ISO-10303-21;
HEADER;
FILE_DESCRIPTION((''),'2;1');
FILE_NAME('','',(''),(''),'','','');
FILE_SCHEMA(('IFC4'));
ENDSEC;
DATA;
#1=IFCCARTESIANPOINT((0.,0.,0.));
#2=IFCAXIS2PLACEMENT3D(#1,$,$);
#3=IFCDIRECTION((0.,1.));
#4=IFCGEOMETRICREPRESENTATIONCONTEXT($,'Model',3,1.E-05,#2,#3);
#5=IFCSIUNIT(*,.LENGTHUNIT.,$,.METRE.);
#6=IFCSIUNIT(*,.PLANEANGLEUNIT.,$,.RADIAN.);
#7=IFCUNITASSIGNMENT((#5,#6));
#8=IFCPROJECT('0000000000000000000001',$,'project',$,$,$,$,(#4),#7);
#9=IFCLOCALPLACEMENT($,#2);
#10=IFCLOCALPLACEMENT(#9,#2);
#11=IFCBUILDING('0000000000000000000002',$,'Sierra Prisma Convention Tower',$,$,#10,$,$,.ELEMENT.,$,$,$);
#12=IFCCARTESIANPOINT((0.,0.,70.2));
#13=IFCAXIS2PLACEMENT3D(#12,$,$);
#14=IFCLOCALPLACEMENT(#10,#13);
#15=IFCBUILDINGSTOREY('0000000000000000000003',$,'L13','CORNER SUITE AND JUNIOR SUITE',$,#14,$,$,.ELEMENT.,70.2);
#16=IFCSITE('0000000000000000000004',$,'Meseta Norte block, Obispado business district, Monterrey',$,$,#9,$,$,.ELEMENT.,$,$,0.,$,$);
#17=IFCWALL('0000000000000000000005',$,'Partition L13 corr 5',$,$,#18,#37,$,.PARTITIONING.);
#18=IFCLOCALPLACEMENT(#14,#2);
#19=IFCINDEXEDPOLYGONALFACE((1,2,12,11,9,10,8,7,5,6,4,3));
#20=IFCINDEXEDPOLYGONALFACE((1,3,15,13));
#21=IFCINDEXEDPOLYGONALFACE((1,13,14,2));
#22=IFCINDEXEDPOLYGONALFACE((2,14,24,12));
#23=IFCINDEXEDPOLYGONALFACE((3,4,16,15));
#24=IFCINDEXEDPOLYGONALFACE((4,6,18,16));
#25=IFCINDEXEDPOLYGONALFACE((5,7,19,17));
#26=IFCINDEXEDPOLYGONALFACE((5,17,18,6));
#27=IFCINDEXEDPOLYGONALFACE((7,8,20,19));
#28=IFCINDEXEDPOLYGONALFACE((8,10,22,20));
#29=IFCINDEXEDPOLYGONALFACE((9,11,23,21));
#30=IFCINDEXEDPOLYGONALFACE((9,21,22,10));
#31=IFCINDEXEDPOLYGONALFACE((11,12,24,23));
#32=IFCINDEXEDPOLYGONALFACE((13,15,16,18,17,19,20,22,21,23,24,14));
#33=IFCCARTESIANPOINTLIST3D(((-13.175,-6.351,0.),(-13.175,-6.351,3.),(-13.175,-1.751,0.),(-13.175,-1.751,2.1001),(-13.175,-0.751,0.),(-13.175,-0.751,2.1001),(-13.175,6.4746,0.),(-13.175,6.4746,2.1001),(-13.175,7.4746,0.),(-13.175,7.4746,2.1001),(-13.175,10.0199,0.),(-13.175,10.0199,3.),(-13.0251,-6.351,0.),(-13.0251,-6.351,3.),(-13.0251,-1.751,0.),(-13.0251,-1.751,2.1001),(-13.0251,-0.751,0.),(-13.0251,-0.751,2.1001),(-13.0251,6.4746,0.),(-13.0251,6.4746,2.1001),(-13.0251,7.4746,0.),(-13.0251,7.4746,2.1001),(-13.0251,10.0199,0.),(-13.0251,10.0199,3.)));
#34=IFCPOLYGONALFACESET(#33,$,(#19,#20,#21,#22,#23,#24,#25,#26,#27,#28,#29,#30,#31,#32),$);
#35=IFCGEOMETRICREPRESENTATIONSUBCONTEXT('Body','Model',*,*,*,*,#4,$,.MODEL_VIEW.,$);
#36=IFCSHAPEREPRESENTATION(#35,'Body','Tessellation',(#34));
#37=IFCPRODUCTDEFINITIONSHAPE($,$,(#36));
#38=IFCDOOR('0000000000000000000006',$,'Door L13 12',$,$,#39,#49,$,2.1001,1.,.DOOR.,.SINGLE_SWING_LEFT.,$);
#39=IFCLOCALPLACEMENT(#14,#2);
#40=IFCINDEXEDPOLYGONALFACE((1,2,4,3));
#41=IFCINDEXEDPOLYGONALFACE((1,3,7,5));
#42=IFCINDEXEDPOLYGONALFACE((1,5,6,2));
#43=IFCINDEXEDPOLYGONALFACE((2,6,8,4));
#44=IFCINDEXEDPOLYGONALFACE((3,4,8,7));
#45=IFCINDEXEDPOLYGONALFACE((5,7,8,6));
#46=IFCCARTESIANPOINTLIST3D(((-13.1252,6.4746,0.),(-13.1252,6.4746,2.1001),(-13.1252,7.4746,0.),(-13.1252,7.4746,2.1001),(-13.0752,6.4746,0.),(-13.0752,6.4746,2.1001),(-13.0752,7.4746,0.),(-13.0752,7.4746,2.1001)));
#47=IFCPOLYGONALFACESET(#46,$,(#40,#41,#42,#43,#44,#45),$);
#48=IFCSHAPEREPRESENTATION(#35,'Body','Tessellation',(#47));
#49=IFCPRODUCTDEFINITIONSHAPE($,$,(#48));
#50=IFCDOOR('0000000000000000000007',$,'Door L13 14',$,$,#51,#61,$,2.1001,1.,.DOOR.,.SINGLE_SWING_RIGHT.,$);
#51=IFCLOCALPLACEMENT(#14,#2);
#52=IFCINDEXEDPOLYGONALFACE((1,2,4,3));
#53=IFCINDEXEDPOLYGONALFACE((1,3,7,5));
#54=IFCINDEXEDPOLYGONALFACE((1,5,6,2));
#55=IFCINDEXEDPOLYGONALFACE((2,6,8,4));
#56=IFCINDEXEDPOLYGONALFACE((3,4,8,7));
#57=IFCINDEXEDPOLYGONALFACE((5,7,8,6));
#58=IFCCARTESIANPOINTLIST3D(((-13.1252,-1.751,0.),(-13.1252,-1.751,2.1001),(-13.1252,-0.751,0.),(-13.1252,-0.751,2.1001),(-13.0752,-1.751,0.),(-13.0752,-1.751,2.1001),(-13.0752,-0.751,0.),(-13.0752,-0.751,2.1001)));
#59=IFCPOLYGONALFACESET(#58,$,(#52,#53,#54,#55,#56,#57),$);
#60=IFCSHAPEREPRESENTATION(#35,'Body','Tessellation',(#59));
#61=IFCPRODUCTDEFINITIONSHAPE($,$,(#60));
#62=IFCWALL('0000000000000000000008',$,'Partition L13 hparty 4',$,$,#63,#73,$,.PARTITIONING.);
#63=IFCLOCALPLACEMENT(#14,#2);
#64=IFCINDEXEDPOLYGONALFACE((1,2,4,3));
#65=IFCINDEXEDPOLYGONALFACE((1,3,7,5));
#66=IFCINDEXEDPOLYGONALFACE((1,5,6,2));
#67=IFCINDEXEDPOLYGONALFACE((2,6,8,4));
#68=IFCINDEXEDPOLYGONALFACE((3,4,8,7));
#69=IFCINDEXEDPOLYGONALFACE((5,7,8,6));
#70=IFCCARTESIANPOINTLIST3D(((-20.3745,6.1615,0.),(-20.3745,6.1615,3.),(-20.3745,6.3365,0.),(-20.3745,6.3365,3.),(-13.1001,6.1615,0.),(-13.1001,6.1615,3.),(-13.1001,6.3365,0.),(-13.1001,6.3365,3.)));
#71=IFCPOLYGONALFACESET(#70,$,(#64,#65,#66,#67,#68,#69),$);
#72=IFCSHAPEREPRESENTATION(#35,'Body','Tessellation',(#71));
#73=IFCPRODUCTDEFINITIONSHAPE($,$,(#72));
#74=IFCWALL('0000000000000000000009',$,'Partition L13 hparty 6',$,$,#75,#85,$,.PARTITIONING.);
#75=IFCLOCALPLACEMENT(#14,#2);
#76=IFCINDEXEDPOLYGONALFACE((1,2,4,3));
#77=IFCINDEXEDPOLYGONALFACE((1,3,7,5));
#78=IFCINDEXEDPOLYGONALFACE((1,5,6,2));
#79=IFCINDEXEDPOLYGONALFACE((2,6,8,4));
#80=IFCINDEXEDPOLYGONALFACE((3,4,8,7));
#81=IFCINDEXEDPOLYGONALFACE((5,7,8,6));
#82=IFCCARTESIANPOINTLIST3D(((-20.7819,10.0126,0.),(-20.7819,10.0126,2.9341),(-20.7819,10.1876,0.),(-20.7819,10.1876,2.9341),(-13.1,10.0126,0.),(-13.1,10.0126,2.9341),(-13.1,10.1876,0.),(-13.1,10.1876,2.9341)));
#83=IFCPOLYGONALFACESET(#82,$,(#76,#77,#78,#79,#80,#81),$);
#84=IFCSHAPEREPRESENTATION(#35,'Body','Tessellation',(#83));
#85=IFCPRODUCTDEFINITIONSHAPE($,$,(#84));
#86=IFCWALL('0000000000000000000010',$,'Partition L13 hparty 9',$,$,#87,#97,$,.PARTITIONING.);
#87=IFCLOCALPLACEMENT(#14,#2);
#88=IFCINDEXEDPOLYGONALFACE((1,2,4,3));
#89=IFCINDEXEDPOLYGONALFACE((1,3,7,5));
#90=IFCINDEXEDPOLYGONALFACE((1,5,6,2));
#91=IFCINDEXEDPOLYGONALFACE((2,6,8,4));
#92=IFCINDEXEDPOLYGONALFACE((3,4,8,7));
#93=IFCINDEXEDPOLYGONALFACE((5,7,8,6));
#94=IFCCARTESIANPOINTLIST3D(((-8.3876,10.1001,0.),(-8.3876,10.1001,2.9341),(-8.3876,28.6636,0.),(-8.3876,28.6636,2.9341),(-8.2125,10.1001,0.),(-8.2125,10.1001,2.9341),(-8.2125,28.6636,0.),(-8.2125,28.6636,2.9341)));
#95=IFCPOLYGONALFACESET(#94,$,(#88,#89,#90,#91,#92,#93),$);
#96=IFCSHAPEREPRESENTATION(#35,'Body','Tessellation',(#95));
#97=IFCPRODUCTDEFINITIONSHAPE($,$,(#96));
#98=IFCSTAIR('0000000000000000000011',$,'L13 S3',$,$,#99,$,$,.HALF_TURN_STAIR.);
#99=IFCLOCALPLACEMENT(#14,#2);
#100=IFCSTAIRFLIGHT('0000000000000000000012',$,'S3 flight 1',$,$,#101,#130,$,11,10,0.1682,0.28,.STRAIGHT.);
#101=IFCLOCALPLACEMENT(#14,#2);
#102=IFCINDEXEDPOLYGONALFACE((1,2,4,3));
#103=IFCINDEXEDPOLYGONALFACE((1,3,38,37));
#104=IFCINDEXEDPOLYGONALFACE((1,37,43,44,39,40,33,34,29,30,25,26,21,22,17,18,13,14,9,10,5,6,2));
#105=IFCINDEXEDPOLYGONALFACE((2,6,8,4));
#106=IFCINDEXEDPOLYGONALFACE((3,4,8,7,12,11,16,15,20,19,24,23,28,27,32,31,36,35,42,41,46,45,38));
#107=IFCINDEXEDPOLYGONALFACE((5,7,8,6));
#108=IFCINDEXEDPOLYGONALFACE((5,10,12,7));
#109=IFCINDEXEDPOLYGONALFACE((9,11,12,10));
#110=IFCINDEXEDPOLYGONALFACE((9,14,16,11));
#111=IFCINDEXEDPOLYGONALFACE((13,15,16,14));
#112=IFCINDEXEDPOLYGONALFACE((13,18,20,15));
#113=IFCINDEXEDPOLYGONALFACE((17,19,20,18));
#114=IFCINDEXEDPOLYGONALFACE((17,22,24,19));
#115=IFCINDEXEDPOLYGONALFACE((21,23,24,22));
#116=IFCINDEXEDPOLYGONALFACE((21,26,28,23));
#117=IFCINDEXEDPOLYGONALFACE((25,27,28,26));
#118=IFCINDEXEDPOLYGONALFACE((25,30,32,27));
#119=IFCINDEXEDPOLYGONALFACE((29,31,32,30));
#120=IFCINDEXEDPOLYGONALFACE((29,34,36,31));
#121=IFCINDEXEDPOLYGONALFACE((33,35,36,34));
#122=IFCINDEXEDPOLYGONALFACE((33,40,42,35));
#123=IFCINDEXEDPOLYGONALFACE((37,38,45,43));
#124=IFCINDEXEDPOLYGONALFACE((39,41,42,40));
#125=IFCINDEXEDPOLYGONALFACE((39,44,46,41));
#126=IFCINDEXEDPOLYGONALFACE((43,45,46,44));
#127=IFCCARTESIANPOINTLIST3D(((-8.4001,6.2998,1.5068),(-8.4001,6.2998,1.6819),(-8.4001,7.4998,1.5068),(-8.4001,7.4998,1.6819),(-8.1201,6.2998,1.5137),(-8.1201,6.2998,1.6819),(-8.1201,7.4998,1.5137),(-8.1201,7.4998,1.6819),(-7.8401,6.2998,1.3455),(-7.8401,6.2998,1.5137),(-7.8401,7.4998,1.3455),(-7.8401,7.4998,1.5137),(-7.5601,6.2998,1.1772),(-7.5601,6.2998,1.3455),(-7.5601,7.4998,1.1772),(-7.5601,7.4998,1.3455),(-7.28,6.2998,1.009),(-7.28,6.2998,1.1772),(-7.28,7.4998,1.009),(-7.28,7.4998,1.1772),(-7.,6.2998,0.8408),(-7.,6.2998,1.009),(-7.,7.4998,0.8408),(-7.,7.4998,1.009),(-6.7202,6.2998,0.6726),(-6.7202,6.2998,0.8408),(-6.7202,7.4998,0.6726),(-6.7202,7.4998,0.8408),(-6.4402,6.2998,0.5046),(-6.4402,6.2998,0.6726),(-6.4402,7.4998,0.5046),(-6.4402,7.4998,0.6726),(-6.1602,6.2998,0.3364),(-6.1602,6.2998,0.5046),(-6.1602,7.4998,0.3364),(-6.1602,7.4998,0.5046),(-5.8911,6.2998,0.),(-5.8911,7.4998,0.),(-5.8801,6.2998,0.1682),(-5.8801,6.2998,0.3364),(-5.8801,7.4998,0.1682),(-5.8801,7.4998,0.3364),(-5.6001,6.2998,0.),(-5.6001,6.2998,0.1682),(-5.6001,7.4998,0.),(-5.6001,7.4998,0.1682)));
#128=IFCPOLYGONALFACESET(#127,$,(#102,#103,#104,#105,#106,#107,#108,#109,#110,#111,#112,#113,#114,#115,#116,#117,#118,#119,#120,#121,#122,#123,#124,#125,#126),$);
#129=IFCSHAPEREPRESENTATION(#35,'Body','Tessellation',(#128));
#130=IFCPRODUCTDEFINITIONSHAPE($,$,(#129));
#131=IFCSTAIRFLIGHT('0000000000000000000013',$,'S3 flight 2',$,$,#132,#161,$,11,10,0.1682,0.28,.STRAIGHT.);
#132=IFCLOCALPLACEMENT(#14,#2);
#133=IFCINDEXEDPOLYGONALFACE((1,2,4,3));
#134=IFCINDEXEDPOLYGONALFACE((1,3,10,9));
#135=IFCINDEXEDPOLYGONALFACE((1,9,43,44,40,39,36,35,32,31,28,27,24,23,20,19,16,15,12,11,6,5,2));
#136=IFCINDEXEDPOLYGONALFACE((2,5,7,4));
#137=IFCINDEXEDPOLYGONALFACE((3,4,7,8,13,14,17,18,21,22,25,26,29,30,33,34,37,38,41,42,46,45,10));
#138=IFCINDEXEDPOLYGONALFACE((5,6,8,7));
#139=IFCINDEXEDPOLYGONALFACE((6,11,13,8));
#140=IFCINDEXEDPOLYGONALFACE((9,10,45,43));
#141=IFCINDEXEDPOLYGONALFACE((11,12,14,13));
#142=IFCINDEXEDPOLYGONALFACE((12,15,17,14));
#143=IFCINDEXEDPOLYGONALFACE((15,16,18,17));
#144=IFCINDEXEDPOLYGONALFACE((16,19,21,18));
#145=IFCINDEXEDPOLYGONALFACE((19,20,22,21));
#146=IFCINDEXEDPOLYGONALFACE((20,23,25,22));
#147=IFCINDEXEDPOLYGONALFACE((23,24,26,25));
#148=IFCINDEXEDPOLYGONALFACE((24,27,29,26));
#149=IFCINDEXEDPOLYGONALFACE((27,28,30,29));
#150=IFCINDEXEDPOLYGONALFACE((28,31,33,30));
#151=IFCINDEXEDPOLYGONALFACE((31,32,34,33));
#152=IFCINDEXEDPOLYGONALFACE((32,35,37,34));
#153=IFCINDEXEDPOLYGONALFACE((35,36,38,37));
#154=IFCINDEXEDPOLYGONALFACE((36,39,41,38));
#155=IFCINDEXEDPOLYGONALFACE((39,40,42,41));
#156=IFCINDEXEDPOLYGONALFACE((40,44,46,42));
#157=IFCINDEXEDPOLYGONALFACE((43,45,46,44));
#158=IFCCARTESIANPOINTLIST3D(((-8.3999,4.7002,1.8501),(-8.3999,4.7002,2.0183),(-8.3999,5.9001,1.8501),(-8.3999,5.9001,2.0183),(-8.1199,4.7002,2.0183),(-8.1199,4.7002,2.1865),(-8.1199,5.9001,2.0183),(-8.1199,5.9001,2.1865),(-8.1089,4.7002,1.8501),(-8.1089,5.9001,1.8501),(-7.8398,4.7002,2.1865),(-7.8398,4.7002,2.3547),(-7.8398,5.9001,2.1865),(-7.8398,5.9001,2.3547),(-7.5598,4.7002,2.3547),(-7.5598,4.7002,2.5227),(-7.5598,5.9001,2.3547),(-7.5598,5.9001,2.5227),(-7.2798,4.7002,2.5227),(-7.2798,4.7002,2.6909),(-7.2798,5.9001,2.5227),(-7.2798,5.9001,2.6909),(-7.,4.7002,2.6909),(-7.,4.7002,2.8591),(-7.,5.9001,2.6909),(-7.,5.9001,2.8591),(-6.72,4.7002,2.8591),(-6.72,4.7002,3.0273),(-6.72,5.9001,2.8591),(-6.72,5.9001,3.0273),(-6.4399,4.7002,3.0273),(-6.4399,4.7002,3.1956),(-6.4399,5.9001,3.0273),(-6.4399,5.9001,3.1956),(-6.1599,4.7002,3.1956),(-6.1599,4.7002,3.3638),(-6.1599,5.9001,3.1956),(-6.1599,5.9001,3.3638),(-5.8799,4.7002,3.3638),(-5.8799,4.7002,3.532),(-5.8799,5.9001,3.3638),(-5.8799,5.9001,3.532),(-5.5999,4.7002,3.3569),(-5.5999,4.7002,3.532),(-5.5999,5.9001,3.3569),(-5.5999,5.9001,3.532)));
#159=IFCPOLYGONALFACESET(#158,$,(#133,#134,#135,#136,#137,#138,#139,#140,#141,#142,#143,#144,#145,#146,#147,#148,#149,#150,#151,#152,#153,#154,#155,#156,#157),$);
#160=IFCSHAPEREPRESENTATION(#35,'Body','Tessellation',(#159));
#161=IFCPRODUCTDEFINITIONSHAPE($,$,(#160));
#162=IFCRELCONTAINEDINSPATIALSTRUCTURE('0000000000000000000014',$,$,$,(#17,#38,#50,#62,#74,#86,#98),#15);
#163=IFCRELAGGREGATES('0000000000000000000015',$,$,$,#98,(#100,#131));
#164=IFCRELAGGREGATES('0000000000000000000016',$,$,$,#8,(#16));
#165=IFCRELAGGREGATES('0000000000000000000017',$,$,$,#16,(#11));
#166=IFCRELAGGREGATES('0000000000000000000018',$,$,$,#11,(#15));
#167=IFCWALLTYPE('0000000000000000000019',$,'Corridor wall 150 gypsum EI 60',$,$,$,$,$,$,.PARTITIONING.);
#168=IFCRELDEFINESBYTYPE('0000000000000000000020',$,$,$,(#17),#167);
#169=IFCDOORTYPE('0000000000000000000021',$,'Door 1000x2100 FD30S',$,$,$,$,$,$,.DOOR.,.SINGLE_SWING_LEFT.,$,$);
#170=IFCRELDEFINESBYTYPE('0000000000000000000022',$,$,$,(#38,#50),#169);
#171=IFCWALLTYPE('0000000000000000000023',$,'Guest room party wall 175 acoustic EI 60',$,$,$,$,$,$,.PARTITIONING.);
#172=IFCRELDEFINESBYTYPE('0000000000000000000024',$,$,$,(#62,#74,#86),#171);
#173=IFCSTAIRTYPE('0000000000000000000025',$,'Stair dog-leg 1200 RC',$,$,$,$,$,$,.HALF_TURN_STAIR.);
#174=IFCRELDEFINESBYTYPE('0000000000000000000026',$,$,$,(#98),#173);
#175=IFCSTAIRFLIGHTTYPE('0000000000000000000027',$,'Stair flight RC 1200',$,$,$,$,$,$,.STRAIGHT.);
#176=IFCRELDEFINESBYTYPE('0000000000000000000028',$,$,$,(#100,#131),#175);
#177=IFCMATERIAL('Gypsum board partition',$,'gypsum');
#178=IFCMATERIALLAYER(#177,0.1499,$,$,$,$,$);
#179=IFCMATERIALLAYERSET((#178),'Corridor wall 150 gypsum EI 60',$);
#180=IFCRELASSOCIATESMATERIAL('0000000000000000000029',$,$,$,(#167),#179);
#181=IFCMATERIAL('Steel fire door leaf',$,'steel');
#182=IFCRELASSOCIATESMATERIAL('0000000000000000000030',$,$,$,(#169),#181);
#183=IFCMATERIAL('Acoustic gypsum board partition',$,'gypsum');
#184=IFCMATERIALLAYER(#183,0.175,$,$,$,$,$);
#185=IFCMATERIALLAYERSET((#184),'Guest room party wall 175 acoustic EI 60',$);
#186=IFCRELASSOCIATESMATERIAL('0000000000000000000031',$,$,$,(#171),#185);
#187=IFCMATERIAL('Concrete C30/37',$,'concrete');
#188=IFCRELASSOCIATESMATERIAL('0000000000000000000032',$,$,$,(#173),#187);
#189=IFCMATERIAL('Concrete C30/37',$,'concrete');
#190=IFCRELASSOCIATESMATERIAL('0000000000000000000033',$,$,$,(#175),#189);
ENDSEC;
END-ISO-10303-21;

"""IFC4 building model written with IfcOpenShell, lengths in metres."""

from ifc_helpers import new_model, si_unit, direction, frame, frame_2d, origin, place, context, subcontext, project, spatial, polyline, rectangle, outline, extrude, material, layer, layer_set, type_object, element, fill, aggregate, save


model = new_model("IFC4")

# Units and contexts
model_context = context("Model", 3, precision=1e-05, world=origin(), true_north=direction((0.0, 1.0)))
body_context = subcontext(model_context, "Body", "Model", "MODEL_VIEW")
ifc_project = project(units=[si_unit("LENGTHUNIT", "METRE"), si_unit("PLANEANGLEUNIT", "RADIAN")], contexts=[model_context])

# Site, building, storey
site_placement = place(None, origin())
site = spatial("IfcSite", under=ifc_project, at=site_placement, Name="Meseta Norte block, Obispado business district, Monterrey", CompositionType="ELEMENT", RefElevation=0.0)
building_placement = place(site_placement, origin())
building = spatial("IfcBuilding", under=site, at=building_placement, Name="Sierra Prisma Convention Tower", CompositionType="ELEMENT")
storey_placement = place(building_placement, frame((0.0, 0.0, 70.2)))
storey = spatial("IfcBuildingStorey", under=building, at=storey_placement, Name="L13", Description="CORNER SUITE AND JUNIOR SUITE", CompositionType="ELEMENT", Elevation=70.2)

# Wall, openings, doors
ifc_material_1 = material(Name="Gypsum board partition", Category="gypsum")
ifc_layer_1 = layer(ifc_material_1, 0.1499)
ifc_layer_set_1 = layer_set([ifc_layer_1], Name="Corridor wall 150 gypsum EI 60")
wall_type_1 = type_object("IfcWallType", Name="Corridor wall 150 gypsum EI 60", PredefinedType="PARTITIONING", material=ifc_layer_set_1)
wall_1_placement = place(storey_placement, frame((-13.1001, 10.02, 0.0), z_axis=(0.0, 0.0, 1.0), x_axis=(0.0, -1.0, 0.0)))
wall_1 = element("IfcWall", 1, at=wall_1_placement, inside=storey, type_object=wall_type_1, Name="Partition L13 corr 5", PredefinedType="PARTITIONING", context=body_context, shape_type="SweptSolid", body=[
    extrude(rectangle(XDim=16.3708, YDim=0.1499, at=frame_2d((8.1855, 0.0))), origin(), (0.0, 0.0, 1.0), 3.0),
])
opening_1_placement = place(wall_1_placement, frame((2.5454, 0.0, 0.0)))
opening_1 = element("IfcOpeningElement", 2, at=opening_1_placement, cuts=wall_1, PredefinedType="OPENING", context=body_context, shape_type="SweptSolid", body=[
    extrude(rectangle(XDim=1.0, YDim=2.1001, at=frame_2d((0.5, 1.05))), frame((0.0, 0.075, 0.0), z_axis=(0.0, -1.0, 0.0), x_axis=(1.0, 0.0, 0.0)), (0.0, 0.0, 1.0), 0.1499),
])
opening_2_placement = place(wall_1_placement, frame((10.771, 0.0, 0.0)))
opening_2 = element("IfcOpeningElement", 3, at=opening_2_placement, cuts=wall_1, PredefinedType="OPENING", context=body_context, shape_type="SweptSolid", body=[
    extrude(rectangle(XDim=1.0, YDim=2.1001, at=frame_2d((0.5, 1.05))), frame((0.0, 0.075, 0.0), z_axis=(0.0, -1.0, 0.0), x_axis=(1.0, 0.0, 0.0)), (0.0, 0.0, 1.0), 0.1499),
])
ifc_material_2 = material(Name="Steel fire door leaf", Category="steel")
door_type_1 = type_object("IfcDoorType", Name="Door 1000x2100 FD30S", OperationType="SINGLE_SWING_LEFT", PredefinedType="DOOR", material=ifc_material_2)
door_1_placement = place(opening_1_placement, origin())
door_1 = element("IfcDoor", 4, at=door_1_placement, inside=storey, type_object=door_type_1, Name="Door L13 12", OperationType="SINGLE_SWING_LEFT", OverallHeight=2.1001, OverallWidth=1.0, PredefinedType="DOOR", context=body_context, shape_type="SweptSolid", body=[
    extrude(rectangle(XDim=1.0, YDim=2.1001, at=frame_2d((0.5, 1.05))), frame((0.0, 0.0249, 0.0), z_axis=(0.0, -1.0, 0.0), x_axis=(1.0, 0.0, 0.0)), (0.0, 0.0, 1.0), 0.05),
])
fill(opening_1, door_1)
door_2_placement = place(opening_2_placement, origin())
door_2 = element("IfcDoor", 5, at=door_2_placement, inside=storey, type_object=door_type_1, Name="Door L13 14", OperationType="SINGLE_SWING_RIGHT", OverallHeight=2.1001, OverallWidth=1.0, PredefinedType="DOOR", context=body_context, shape_type="SweptSolid", body=[
    extrude(rectangle(XDim=1.0, YDim=2.1001, at=frame_2d((0.5, 1.05))), frame((0.0, 0.0249, 0.0), z_axis=(0.0, -1.0, 0.0), x_axis=(1.0, 0.0, 0.0)), (0.0, 0.0, 1.0), 0.05),
])
fill(opening_2, door_2)

# Walls
ifc_material_3 = material(Name="Acoustic gypsum board partition", Category="gypsum")
ifc_layer_2 = layer(ifc_material_3, 0.175)
ifc_layer_set_2 = layer_set([ifc_layer_2], Name="Guest room party wall 175 acoustic EI 60")
wall_type_2 = type_object("IfcWallType", Name="Guest room party wall 175 acoustic EI 60", PredefinedType="PARTITIONING", material=ifc_layer_set_2)
wall_2_placement = place(storey_placement, frame((-13.1001, 6.249, 0.0), z_axis=(0.0, 0.0, 1.0), x_axis=(-1.0, 0.0, 0.0)))
element("IfcWall", 6, at=wall_2_placement, inside=storey, type_object=wall_type_2, Name="Partition L13 hparty 4", PredefinedType="PARTITIONING", context=body_context, shape_type="SweptSolid", body=[
    extrude(rectangle(XDim=7.2744, YDim=0.175, at=frame_2d((3.6372, 0.0))), origin(), (0.0, 0.0, 1.0), 3.0),
])
wall_3_placement = place(storey_placement, frame((-13.1001, 10.1001, 0.0), z_axis=(0.0, 0.0, 1.0), x_axis=(-1.0, 0.0, 0.0)))
element("IfcWall", 7, at=wall_3_placement, inside=storey, type_object=wall_type_2, Name="Partition L13 hparty 6", PredefinedType="PARTITIONING", context=body_context, shape_type="SweptSolid", body=[
    extrude(rectangle(XDim=7.6819, YDim=0.175, at=frame_2d((3.8408, 0.0))), origin(), (0.0, 0.0, 1.0), 2.9341),
])
wall_4_placement = place(storey_placement, frame((-8.3, 10.1001, 0.0), z_axis=(0.0, 0.0, 1.0), x_axis=(0.0, 1.0, 0.0)))
element("IfcWall", 8, at=wall_4_placement, inside=storey, type_object=wall_type_2, Name="Partition L13 hparty 9", PredefinedType="PARTITIONING", context=body_context, shape_type="SweptSolid", body=[
    extrude(rectangle(XDim=18.5635, YDim=0.175, at=frame_2d((9.2817, 0.0))), origin(), (0.0, 0.0, 1.0), 2.9341),
])

# Stair, stair flights
ifc_material_4 = material(Name="Concrete C30/37", Category="concrete")
stair_type = type_object("IfcStairType", Name="Stair dog-leg 1200 RC", PredefinedType="HALF_TURN_STAIR", material=ifc_material_4)
stair_placement = place(storey_placement, origin())
stair = element("IfcStair", 9, at=stair_placement, inside=storey, type_object=stair_type, Name="L13 S3", PredefinedType="HALF_TURN_STAIR")
ifc_material_5 = material(Name="Concrete C30/37", Category="concrete")
stair_flight_type = type_object("IfcStairFlightType", Name="Stair flight RC 1200", PredefinedType="STRAIGHT", material=ifc_material_5)
stair_flight_1_placement = place(storey_placement, frame((-5.6001, 6.8999, 0.0), z_axis=(0.0, 0.0, 1.0), x_axis=(-1.0, 0.0, 0.0)))
stair_flight_1 = element("IfcStairFlight", 10, at=stair_flight_1_placement, type_object=stair_flight_type, Name="S3 flight 1", NumberOfRisers=11, NumberOfTreads=10, PredefinedType="STRAIGHT", RiserHeight=0.1682, TreadLength=0.28, context=body_context, shape_type="SweptSolid", body=[
    extrude(outline(polyline([(0.0, 0.0), (0.0, 0.1682), (0.28, 0.1682), (0.28, 0.3364), (0.5601, 0.3364), (0.5601, 0.5046), (0.8401, 0.5046), (0.8401, 0.6726), (1.1201, 0.6726), (1.1201, 0.8408), (1.3999, 0.8408), (1.3999, 1.009), (1.6799, 1.009), (1.6799, 1.1772), (1.96, 1.1772), (1.96, 1.3455), (2.24, 1.3455), (2.24, 1.5137), (2.52, 1.5137), (2.52, 1.6819), (2.8, 1.6819), (2.8, 1.8501), (2.8, 1.5068), (0.291, 0.0), (0.0, 0.0)])), frame((0.0, 0.6001, 0.0), z_axis=(0.0, -1.0, 0.0), x_axis=(1.0, 0.0, 0.0)), (0.0, 0.0, 1.0), 1.2),
])
stair_flight_2_placement = place(storey_placement, frame((-8.3999, 5.3, 1.8501), z_axis=(0.0, 0.0, 1.0), x_axis=(1.0, 0.0, 0.0)))
stair_flight_2 = element("IfcStairFlight", 11, at=stair_flight_2_placement, type_object=stair_flight_type, Name="S3 flight 2", NumberOfRisers=11, NumberOfTreads=10, PredefinedType="STRAIGHT", RiserHeight=0.1682, TreadLength=0.28, context=body_context, shape_type="SweptSolid", body=[
    extrude(outline(polyline([(0.0, 0.0), (0.0, 0.1682), (0.28, 0.1682), (0.28, 0.3364), (0.5601, 0.3364), (0.5601, 0.5046), (0.8401, 0.5046), (0.8401, 0.6726), (1.1201, 0.6726), (1.1201, 0.8408), (1.3999, 0.8408), (1.3999, 1.009), (1.6799, 1.009), (1.6799, 1.1772), (1.96, 1.1772), (1.96, 1.3455), (2.24, 1.3455), (2.24, 1.5137), (2.52, 1.5137), (2.52, 1.6819), (2.8, 1.6819), (2.8, 1.8501), (2.8, 1.5068), (0.291, 0.0), (0.0, 0.0)])), frame((0.0, 0.6001, 0.0), z_axis=(0.0, -1.0, 0.0), x_axis=(1.0, 0.0, 0.0)), (0.0, 0.0, 1.0), 1.2),
])
aggregate(stair, [stair_flight_1, stair_flight_2])

save(model, "model.ifc")
